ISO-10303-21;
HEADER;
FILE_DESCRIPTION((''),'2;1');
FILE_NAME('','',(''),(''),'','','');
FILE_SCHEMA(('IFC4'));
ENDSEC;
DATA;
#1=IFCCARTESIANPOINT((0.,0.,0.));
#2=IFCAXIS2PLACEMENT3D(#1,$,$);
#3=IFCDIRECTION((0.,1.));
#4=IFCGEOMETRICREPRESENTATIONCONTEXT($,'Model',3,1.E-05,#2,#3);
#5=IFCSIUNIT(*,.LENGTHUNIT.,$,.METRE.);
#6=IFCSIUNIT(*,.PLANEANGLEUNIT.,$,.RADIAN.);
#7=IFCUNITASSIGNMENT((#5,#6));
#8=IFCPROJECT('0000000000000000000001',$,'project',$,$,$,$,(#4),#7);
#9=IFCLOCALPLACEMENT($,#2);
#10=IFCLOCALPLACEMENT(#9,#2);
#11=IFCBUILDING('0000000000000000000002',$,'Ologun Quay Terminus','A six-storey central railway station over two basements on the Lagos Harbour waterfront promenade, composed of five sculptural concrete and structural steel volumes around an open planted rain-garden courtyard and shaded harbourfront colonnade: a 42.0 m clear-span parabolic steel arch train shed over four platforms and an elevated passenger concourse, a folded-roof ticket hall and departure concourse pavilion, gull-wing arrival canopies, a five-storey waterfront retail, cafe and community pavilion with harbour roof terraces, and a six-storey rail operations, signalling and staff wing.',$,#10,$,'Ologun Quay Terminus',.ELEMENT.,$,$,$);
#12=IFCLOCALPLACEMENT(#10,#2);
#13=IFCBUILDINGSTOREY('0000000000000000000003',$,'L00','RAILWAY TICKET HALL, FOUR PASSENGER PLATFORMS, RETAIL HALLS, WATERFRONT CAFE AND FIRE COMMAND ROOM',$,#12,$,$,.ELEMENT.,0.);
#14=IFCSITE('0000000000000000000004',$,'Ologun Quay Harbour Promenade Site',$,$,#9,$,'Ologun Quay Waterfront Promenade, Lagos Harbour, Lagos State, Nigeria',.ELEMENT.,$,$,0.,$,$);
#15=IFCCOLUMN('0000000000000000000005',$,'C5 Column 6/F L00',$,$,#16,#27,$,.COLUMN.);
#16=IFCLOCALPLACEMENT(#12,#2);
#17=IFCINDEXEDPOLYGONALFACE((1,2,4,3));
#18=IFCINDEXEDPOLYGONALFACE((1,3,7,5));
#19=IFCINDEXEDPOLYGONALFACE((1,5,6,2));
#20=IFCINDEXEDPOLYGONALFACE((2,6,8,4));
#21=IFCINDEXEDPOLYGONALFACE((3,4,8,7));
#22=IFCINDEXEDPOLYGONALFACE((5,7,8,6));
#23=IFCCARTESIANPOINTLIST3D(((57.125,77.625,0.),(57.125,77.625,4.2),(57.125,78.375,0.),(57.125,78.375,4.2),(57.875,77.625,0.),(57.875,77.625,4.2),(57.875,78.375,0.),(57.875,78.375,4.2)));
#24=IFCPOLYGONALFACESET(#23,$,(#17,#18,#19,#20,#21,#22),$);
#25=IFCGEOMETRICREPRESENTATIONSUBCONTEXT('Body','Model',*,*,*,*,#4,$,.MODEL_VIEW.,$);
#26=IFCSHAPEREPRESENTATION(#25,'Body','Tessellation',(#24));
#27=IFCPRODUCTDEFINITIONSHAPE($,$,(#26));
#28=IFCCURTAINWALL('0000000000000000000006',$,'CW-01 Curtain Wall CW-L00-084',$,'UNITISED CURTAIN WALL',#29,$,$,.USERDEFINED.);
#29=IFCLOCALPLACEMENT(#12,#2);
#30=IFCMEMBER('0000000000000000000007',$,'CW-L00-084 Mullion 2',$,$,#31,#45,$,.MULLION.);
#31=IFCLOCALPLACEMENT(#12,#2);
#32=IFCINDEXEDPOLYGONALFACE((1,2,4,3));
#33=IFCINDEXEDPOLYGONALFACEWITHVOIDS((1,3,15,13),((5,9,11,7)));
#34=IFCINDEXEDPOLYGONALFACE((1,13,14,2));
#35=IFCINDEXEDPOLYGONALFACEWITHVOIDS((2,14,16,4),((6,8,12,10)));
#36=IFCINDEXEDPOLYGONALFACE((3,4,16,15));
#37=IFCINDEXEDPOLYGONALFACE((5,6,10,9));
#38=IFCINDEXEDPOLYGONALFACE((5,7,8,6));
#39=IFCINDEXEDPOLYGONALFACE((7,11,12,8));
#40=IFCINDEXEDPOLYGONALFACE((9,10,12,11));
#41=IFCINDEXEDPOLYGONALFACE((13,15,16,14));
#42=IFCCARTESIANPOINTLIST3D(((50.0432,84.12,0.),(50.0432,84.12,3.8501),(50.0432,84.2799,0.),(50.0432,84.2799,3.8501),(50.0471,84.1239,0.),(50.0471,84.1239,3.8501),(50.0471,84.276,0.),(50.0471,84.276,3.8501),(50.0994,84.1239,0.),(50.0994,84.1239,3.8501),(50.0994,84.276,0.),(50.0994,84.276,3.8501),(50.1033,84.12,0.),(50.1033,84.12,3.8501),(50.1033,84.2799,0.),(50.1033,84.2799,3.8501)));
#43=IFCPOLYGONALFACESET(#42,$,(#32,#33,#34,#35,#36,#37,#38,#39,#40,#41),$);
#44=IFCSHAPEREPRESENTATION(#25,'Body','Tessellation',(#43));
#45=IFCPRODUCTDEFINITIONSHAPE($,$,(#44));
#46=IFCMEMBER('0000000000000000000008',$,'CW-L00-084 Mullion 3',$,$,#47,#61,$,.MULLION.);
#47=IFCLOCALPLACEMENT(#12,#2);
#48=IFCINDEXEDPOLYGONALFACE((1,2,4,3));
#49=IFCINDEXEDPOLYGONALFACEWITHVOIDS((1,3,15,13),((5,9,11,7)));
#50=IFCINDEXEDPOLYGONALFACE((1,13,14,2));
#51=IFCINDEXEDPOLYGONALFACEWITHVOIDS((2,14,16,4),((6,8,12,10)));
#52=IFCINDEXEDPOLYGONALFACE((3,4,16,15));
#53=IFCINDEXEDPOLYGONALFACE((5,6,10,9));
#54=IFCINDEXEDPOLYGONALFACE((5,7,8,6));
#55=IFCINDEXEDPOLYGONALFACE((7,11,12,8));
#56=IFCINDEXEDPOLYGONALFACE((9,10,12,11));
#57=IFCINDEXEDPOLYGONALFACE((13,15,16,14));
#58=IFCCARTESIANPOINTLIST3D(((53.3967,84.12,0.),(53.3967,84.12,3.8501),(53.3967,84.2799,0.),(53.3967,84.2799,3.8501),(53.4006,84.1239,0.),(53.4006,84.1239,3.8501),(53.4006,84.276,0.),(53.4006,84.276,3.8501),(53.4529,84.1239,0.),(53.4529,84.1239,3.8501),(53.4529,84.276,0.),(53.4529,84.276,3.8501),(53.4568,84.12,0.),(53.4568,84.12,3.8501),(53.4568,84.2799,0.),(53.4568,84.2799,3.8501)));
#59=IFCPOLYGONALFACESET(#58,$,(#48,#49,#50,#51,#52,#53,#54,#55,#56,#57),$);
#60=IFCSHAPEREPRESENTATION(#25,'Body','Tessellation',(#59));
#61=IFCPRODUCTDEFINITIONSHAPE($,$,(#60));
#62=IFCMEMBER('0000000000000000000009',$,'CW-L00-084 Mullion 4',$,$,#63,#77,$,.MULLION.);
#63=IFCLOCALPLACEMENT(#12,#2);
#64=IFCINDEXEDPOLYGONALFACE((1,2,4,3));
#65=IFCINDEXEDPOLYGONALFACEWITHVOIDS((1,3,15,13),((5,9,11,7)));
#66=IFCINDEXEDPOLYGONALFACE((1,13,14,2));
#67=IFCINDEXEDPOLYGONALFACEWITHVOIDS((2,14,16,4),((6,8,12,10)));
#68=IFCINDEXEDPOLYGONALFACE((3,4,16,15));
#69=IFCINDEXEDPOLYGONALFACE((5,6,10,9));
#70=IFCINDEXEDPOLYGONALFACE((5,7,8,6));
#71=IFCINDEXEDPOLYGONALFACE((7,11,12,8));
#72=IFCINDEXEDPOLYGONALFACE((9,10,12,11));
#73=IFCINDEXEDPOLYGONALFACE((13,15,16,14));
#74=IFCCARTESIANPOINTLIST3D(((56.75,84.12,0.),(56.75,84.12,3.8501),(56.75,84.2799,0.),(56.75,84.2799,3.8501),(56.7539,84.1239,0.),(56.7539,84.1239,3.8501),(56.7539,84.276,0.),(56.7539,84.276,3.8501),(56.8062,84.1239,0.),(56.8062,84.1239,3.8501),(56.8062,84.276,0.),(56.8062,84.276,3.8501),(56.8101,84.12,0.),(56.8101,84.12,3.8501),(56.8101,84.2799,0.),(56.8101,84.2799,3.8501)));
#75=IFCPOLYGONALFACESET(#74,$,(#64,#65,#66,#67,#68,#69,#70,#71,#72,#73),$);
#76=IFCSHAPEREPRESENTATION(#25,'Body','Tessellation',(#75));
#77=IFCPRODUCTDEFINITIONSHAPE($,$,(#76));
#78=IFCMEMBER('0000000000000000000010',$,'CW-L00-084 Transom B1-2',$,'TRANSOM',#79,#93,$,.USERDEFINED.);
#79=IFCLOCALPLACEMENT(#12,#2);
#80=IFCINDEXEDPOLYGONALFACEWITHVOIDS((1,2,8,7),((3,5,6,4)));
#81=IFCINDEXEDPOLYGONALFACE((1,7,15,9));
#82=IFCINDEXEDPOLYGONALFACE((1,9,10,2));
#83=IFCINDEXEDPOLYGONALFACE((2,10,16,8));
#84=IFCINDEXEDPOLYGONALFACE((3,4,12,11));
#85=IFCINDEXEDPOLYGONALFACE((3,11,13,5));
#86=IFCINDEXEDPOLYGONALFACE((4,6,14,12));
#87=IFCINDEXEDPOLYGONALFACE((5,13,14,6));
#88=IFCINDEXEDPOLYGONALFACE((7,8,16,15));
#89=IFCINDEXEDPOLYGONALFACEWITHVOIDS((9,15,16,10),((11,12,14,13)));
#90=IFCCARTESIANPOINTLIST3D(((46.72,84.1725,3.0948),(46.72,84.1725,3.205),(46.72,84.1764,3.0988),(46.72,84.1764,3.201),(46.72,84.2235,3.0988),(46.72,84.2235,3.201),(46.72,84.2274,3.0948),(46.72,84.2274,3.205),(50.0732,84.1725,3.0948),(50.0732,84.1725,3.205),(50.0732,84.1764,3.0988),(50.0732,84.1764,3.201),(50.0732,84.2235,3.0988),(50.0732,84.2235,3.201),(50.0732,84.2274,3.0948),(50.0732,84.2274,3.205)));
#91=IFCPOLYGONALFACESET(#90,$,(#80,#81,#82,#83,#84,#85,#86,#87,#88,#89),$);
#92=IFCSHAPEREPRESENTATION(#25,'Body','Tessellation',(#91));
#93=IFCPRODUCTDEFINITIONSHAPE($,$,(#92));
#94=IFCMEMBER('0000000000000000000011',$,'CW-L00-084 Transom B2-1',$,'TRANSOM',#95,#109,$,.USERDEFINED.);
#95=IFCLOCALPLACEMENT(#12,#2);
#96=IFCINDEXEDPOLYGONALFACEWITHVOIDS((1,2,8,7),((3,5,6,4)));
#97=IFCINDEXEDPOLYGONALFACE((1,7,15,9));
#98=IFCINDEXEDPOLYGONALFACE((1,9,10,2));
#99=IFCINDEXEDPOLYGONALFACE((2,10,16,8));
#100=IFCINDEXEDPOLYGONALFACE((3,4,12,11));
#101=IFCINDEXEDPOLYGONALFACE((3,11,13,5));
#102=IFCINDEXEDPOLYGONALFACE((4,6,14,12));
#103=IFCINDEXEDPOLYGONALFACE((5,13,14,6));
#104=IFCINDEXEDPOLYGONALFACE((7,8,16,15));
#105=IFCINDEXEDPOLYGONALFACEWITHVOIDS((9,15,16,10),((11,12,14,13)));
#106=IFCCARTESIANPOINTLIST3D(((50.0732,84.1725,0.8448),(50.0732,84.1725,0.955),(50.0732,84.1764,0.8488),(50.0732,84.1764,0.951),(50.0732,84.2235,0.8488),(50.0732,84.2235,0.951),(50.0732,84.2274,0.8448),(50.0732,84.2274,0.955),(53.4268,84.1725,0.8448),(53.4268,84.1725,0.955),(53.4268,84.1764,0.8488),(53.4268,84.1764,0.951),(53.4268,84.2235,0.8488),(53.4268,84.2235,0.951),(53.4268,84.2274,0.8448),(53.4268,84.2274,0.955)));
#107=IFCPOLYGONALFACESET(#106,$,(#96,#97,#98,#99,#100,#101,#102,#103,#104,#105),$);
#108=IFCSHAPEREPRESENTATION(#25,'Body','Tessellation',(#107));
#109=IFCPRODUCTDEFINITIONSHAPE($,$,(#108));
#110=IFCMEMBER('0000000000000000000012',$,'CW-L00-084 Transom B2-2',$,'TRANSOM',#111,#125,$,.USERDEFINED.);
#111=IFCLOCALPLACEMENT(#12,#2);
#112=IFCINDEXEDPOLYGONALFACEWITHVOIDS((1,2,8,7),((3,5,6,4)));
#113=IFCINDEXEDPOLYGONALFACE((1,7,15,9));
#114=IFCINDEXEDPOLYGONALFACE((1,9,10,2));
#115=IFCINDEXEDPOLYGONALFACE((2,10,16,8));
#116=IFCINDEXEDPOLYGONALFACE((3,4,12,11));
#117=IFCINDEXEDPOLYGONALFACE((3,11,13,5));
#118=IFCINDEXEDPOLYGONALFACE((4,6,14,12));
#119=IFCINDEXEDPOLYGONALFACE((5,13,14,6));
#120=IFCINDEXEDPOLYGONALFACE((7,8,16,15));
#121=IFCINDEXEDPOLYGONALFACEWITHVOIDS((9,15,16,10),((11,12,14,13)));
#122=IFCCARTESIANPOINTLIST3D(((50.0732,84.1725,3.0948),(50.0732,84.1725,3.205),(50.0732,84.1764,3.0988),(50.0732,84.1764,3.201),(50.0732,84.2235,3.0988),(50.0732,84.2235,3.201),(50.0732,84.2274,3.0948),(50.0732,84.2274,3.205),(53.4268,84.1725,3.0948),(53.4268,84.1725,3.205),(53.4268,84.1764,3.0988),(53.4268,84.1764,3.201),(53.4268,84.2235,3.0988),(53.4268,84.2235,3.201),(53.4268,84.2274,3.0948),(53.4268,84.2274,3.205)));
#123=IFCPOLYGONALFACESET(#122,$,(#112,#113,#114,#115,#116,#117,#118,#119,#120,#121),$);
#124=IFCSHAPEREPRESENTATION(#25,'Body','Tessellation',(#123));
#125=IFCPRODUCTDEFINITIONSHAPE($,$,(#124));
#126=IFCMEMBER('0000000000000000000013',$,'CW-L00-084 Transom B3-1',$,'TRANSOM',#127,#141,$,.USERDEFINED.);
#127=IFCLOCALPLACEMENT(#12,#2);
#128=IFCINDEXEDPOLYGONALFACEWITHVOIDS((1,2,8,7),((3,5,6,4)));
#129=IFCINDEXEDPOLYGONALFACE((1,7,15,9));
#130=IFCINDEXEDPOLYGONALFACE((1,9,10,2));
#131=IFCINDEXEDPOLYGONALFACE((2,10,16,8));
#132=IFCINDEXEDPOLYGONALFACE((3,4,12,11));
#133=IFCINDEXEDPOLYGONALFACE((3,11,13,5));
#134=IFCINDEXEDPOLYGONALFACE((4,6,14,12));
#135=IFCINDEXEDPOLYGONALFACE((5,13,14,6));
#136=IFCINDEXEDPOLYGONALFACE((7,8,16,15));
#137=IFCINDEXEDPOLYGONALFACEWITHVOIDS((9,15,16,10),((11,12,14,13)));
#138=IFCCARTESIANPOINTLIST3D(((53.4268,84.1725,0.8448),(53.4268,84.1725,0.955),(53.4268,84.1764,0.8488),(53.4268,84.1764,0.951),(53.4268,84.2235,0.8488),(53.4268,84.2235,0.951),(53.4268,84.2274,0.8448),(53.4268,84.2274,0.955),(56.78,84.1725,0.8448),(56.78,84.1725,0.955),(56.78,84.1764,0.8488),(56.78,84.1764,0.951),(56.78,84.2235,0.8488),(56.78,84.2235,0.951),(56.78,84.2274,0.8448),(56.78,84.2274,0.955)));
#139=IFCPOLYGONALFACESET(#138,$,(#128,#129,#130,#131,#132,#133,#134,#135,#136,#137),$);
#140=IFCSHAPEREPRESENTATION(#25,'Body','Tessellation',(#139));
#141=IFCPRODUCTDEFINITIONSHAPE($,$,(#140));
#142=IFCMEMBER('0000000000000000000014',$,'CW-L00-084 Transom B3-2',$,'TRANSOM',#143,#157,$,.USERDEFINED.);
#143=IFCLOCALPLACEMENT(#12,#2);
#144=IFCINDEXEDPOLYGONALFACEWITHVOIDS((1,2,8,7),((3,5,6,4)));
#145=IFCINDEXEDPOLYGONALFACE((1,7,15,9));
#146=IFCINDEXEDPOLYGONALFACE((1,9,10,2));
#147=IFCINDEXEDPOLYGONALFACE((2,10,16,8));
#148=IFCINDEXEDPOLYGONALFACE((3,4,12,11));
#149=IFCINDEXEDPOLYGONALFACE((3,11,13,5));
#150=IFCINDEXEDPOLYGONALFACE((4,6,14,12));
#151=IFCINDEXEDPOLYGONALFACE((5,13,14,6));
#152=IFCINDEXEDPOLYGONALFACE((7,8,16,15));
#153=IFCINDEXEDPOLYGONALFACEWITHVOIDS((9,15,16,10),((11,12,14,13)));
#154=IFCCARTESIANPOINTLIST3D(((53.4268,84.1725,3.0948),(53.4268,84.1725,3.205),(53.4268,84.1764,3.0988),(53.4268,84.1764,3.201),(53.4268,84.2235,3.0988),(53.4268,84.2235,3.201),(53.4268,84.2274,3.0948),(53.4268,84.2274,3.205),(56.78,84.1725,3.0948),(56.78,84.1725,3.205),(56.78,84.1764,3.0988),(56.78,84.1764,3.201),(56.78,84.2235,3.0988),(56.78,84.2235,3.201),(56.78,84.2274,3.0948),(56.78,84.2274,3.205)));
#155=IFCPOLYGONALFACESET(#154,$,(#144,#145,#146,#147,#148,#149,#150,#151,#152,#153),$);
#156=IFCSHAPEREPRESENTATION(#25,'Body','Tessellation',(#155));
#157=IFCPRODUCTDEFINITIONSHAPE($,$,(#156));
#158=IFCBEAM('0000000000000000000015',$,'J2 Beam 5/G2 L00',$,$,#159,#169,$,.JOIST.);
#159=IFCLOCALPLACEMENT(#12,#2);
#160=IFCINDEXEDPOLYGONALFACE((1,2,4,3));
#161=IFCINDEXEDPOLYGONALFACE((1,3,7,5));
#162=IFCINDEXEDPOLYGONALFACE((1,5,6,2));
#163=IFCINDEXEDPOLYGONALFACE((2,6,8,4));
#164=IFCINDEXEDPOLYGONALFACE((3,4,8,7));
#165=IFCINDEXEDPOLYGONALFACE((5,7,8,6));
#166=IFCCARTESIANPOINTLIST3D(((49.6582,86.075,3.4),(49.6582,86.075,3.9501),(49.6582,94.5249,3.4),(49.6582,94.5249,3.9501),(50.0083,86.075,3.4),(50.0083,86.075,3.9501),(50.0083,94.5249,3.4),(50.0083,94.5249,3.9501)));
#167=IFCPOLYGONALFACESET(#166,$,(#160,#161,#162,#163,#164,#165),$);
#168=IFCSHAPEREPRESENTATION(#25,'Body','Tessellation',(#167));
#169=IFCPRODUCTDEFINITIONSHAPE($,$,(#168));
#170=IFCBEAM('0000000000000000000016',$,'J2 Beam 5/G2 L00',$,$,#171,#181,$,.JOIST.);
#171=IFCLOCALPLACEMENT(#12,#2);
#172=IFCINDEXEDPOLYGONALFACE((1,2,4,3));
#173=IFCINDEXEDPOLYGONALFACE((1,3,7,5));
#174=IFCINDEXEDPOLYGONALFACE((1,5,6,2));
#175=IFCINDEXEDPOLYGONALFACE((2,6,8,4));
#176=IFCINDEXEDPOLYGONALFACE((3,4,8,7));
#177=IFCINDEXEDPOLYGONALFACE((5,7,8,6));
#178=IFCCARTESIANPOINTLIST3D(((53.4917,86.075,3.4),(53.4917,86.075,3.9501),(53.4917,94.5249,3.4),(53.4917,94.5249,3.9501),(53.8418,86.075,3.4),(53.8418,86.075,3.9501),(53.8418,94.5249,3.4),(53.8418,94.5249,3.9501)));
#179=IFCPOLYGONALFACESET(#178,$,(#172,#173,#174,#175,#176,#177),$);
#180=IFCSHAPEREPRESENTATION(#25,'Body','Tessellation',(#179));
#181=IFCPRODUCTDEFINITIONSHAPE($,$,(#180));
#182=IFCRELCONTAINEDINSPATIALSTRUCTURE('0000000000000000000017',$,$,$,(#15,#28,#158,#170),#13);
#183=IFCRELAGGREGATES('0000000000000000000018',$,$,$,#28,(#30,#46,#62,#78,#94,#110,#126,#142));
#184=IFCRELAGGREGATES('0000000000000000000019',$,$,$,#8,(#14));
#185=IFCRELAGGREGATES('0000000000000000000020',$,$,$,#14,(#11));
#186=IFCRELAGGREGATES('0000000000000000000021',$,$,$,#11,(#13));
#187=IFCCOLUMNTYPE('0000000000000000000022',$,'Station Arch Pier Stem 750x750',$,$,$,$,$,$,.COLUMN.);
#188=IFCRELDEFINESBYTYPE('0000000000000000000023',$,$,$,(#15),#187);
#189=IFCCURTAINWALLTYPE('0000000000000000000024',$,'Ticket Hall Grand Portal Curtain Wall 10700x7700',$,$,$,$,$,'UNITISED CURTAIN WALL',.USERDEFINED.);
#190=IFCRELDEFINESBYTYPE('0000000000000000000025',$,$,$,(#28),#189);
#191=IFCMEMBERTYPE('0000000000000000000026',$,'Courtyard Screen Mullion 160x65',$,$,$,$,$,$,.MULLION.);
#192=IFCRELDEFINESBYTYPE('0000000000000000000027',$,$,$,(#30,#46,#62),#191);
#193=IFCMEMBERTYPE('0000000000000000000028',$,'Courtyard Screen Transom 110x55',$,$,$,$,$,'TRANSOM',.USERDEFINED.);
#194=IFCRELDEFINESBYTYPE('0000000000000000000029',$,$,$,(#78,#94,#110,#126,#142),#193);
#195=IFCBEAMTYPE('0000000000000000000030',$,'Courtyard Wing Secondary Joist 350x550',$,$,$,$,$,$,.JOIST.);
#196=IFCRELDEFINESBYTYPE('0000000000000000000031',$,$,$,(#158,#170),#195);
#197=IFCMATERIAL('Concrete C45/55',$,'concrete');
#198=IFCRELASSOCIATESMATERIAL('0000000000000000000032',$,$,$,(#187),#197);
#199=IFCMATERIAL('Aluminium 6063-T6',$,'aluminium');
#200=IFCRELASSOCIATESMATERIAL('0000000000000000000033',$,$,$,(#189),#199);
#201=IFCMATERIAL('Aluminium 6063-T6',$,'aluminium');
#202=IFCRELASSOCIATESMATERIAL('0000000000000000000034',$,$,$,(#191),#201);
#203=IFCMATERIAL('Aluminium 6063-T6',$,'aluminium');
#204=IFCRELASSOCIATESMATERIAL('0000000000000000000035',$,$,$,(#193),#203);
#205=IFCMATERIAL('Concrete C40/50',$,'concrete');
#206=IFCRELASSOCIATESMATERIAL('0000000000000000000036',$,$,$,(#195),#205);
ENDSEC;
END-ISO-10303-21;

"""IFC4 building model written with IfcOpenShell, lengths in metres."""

from ifc_helpers import new_model, si_unit, direction, frame, origin, origin_2d, place, context, subcontext, project, spatial, rectangle, hollow_rectangle, extrude, material, material_profile, profile_set, type_object, element, aggregate, save


model = new_model("IFC4")

# Units and contexts
model_context = context("Model", 3, precision=1e-05, world=origin(), true_north=direction((0.0, 1.0)))
body_context = subcontext(model_context, "Body", "Model", "MODEL_VIEW")
ifc_project = project(units=[si_unit("LENGTHUNIT", "METRE"), si_unit("PLANEANGLEUNIT", "RADIAN")], contexts=[model_context])

# Site, building, storey
site_placement = place(None, origin())
site = spatial("IfcSite", under=ifc_project, at=site_placement, Name="Ologun Quay Harbour Promenade Site", LongName="Ologun Quay Waterfront Promenade, Lagos Harbour, Lagos State, Nigeria", CompositionType="ELEMENT", RefElevation=0.0)
building_placement = place(site_placement, origin())
building = spatial("IfcBuilding", under=site, at=building_placement, Name="Ologun Quay Terminus", Description="A six-storey central railway station over two basements on the Lagos Harbour waterfront promenade, composed of five sculptural concrete and structural steel volumes around an open planted rain-garden courtyard and shaded harbourfront colonnade: a 42.0 m clear-span parabolic steel arch train shed over four platforms and an elevated passenger concourse, a folded-roof ticket hall and departure concourse pavilion, gull-wing arrival canopies, a five-storey waterfront retail, cafe and community pavilion with harbour roof terraces, and a six-storey rail operations, signalling and staff wing.", LongName="Ologun Quay Terminus", CompositionType="ELEMENT")
storey_placement = place(building_placement, origin())
storey = spatial("IfcBuildingStorey", under=building, at=storey_placement, Name="L00", Description="RAILWAY TICKET HALL, FOUR PASSENGER PLATFORMS, RETAIL HALLS, WATERFRONT CAFE AND FIRE COMMAND ROOM", CompositionType="ELEMENT", Elevation=0.0)

# Column
ifc_material_1 = material(Name="Concrete C45/55", Category="concrete")
ifc_material_profile_1 = material_profile(ifc_material_1, rectangle(XDim=0.75, YDim=0.75, at=origin_2d()), Name="RC 750x750")
ifc_profile_set_1 = profile_set([ifc_material_profile_1], Name="Concrete C45/55")
column_type = type_object("IfcColumnType", Name="Station Arch Pier Stem 750x750", PredefinedType="COLUMN", material=ifc_profile_set_1)
column_placement = place(storey_placement, frame((57.5, 78.0, 0.0), z_axis=(0.0, 0.0, 1.0), x_axis=(1.0, 0.0, 0.0)))
element("IfcColumn", 1, at=column_placement, inside=storey, type_object=column_type, Name="C5 Column 6/F L00", PredefinedType="COLUMN", context=body_context, shape_type="SweptSolid", body=[
    extrude(rectangle(XDim=0.75, YDim=0.75, at=origin_2d()), origin(), (0.0, 0.0, 1.0), 4.2),
])

# Curtain wall, members
ifc_material_2 = material(Name="Aluminium 6063-T6", Category="aluminium")
curtain_wall_type = type_object("IfcCurtainWallType", Name="Ticket Hall Grand Portal Curtain Wall 10700x7700", ElementType="UNITISED CURTAIN WALL", PredefinedType="USERDEFINED", material=ifc_material_2)
curtain_wall_placement = place(storey_placement, origin())
curtain_wall = element("IfcCurtainWall", 2, at=curtain_wall_placement, inside=storey, type_object=curtain_wall_type, Name="CW-01 Curtain Wall CW-L00-084", ObjectType="UNITISED CURTAIN WALL", PredefinedType="USERDEFINED")
ifc_material_3 = material(Name="Aluminium 6063-T6", Category="aluminium")
ifc_material_profile_2 = material_profile(ifc_material_3, hollow_rectangle(XDim=0.0601, YDim=0.1599, WallThickness=0.0039, at=origin_2d()), Name="ALU 160x60x4")
ifc_profile_set_2 = profile_set([ifc_material_profile_2], Name="Aluminium 6063-T6")
member_type_1 = type_object("IfcMemberType", Name="Courtyard Screen Mullion 160x65", PredefinedType="MULLION", material=ifc_profile_set_2)
member_1_placement = place(storey_placement, frame((50.0732, 84.2, 0.0), z_axis=(0.0, 0.0, 1.0), x_axis=(1.0, 0.0, 0.0)))
member_1 = element("IfcMember", 3, at=member_1_placement, type_object=member_type_1, Name="CW-L00-084 Mullion 2", PredefinedType="MULLION", context=body_context, shape_type="SweptSolid", body=[
    extrude(hollow_rectangle(XDim=0.0601, YDim=0.1599, WallThickness=0.0039, at=origin_2d()), origin(), (0.0, 0.0, 1.0), 3.8501),
])
member_2_placement = place(storey_placement, frame((53.4268, 84.2, 0.0), z_axis=(0.0, 0.0, 1.0), x_axis=(1.0, 0.0, 0.0)))
member_2 = element("IfcMember", 4, at=member_2_placement, type_object=member_type_1, Name="CW-L00-084 Mullion 3", PredefinedType="MULLION", context=body_context, shape_type="SweptSolid", body=[
    extrude(hollow_rectangle(XDim=0.0601, YDim=0.1599, WallThickness=0.0039, at=origin_2d()), origin(), (0.0, 0.0, 1.0), 3.8501),
])
member_3_placement = place(storey_placement, frame((56.78, 84.2, 0.0), z_axis=(0.0, 0.0, 1.0), x_axis=(1.0, 0.0, 0.0)))
member_3 = element("IfcMember", 5, at=member_3_placement, type_object=member_type_1, Name="CW-L00-084 Mullion 4", PredefinedType="MULLION", context=body_context, shape_type="SweptSolid", body=[
    extrude(hollow_rectangle(XDim=0.0601, YDim=0.1599, WallThickness=0.0039, at=origin_2d()), origin(), (0.0, 0.0, 1.0), 3.8501),
])
ifc_material_4 = material(Name="Aluminium 6063-T6", Category="aluminium")
ifc_material_profile_3 = material_profile(ifc_material_4, hollow_rectangle(XDim=0.0549, YDim=0.1101, WallThickness=0.0039, at=origin_2d()), Name="ALU 110x55x4")
ifc_profile_set_3 = profile_set([ifc_material_profile_3], Name="Aluminium 6063-T6")
member_type_2 = type_object("IfcMemberType", Name="Courtyard Screen Transom 110x55", ElementType="TRANSOM", PredefinedType="USERDEFINED", material=ifc_profile_set_3)
member_4_placement = place(storey_placement, frame((46.72, 84.2, 3.1499), z_axis=(1.0, 0.0, 0.0), x_axis=(0.0, 1.0, 0.0)))
member_4 = element("IfcMember", 6, at=member_4_placement, type_object=member_type_2, Name="CW-L00-084 Transom B1-2", ObjectType="TRANSOM", PredefinedType="USERDEFINED", context=body_context, shape_type="SweptSolid", body=[
    extrude(hollow_rectangle(XDim=0.0549, YDim=0.1101, WallThickness=0.0039, at=origin_2d()), origin(), (0.0, 0.0, 1.0), 3.3533),
])
member_5_placement = place(storey_placement, frame((50.0732, 84.2, 0.8999), z_axis=(1.0, 0.0, 0.0), x_axis=(0.0, 1.0, 0.0)))
member_5 = element("IfcMember", 7, at=member_5_placement, type_object=member_type_2, Name="CW-L00-084 Transom B2-1", ObjectType="TRANSOM", PredefinedType="USERDEFINED", context=body_context, shape_type="SweptSolid", body=[
    extrude(hollow_rectangle(XDim=0.0549, YDim=0.1101, WallThickness=0.0039, at=origin_2d()), origin(), (0.0, 0.0, 1.0), 3.3535),
])
member_6_placement = place(storey_placement, frame((50.0732, 84.2, 3.1499), z_axis=(1.0, 0.0, 0.0), x_axis=(0.0, 1.0, 0.0)))
member_6 = element("IfcMember", 8, at=member_6_placement, type_object=member_type_2, Name="CW-L00-084 Transom B2-2", ObjectType="TRANSOM", PredefinedType="USERDEFINED", context=body_context, shape_type="SweptSolid", body=[
    extrude(hollow_rectangle(XDim=0.0549, YDim=0.1101, WallThickness=0.0039, at=origin_2d()), origin(), (0.0, 0.0, 1.0), 3.3535),
])
member_7_placement = place(storey_placement, frame((53.4268, 84.2, 0.8999), z_axis=(1.0, 0.0, 0.0), x_axis=(0.0, 1.0, 0.0)))
member_7 = element("IfcMember", 9, at=member_7_placement, type_object=member_type_2, Name="CW-L00-084 Transom B3-1", ObjectType="TRANSOM", PredefinedType="USERDEFINED", context=body_context, shape_type="SweptSolid", body=[
    extrude(hollow_rectangle(XDim=0.0549, YDim=0.1101, WallThickness=0.0039, at=origin_2d()), origin(), (0.0, 0.0, 1.0), 3.3533),
])
member_8_placement = place(storey_placement, frame((53.4268, 84.2, 3.1499), z_axis=(1.0, 0.0, 0.0), x_axis=(0.0, 1.0, 0.0)))
member_8 = element("IfcMember", 10, at=member_8_placement, type_object=member_type_2, Name="CW-L00-084 Transom B3-2", ObjectType="TRANSOM", PredefinedType="USERDEFINED", context=body_context, shape_type="SweptSolid", body=[
    extrude(hollow_rectangle(XDim=0.0549, YDim=0.1101, WallThickness=0.0039, at=origin_2d()), origin(), (0.0, 0.0, 1.0), 3.3533),
])

# Beams
ifc_material_5 = material(Name="Concrete C40/50", Category="concrete")
ifc_material_profile_4 = material_profile(ifc_material_5, rectangle(XDim=0.3501, YDim=0.55, at=origin_2d()), Name="RC 350x550")
ifc_profile_set_4 = profile_set([ifc_material_profile_4], Name="Concrete C40/50")
beam_type_1 = type_object("IfcBeamType", Name="Courtyard Wing Secondary Joist 350x550", PredefinedType="JOIST", material=ifc_profile_set_4)
for number, where, z_axis, x_axis, name in (
    (11, (49.8333, 86.075, 3.675), (0.0, 1.0, 0.0), (-1.0, 0.0, 0.0), "J2 Beam 5/G2 L00"),
    (12, (53.6667, 86.075, 3.675), (0.0, 1.0, 0.0), (-1.0, 0.0, 0.0), "J2 Beam 5/G2 L00"),
):
    element("IfcBeam", number, at=place(storey_placement, frame(where, z_axis=z_axis, x_axis=x_axis)), inside=storey, type_object=beam_type_1, Name=name, PredefinedType="JOIST", context=body_context, shape_type="SweptSolid", body=[
        extrude(rectangle(XDim=0.3501, YDim=0.55, at=origin_2d()), origin(), (0.0, 0.0, 1.0), 8.45),
    ])

aggregate(curtain_wall, [member_1, member_2, member_3, member_4, member_5, member_6, member_7, member_8])

save(model, "model.ifc")
